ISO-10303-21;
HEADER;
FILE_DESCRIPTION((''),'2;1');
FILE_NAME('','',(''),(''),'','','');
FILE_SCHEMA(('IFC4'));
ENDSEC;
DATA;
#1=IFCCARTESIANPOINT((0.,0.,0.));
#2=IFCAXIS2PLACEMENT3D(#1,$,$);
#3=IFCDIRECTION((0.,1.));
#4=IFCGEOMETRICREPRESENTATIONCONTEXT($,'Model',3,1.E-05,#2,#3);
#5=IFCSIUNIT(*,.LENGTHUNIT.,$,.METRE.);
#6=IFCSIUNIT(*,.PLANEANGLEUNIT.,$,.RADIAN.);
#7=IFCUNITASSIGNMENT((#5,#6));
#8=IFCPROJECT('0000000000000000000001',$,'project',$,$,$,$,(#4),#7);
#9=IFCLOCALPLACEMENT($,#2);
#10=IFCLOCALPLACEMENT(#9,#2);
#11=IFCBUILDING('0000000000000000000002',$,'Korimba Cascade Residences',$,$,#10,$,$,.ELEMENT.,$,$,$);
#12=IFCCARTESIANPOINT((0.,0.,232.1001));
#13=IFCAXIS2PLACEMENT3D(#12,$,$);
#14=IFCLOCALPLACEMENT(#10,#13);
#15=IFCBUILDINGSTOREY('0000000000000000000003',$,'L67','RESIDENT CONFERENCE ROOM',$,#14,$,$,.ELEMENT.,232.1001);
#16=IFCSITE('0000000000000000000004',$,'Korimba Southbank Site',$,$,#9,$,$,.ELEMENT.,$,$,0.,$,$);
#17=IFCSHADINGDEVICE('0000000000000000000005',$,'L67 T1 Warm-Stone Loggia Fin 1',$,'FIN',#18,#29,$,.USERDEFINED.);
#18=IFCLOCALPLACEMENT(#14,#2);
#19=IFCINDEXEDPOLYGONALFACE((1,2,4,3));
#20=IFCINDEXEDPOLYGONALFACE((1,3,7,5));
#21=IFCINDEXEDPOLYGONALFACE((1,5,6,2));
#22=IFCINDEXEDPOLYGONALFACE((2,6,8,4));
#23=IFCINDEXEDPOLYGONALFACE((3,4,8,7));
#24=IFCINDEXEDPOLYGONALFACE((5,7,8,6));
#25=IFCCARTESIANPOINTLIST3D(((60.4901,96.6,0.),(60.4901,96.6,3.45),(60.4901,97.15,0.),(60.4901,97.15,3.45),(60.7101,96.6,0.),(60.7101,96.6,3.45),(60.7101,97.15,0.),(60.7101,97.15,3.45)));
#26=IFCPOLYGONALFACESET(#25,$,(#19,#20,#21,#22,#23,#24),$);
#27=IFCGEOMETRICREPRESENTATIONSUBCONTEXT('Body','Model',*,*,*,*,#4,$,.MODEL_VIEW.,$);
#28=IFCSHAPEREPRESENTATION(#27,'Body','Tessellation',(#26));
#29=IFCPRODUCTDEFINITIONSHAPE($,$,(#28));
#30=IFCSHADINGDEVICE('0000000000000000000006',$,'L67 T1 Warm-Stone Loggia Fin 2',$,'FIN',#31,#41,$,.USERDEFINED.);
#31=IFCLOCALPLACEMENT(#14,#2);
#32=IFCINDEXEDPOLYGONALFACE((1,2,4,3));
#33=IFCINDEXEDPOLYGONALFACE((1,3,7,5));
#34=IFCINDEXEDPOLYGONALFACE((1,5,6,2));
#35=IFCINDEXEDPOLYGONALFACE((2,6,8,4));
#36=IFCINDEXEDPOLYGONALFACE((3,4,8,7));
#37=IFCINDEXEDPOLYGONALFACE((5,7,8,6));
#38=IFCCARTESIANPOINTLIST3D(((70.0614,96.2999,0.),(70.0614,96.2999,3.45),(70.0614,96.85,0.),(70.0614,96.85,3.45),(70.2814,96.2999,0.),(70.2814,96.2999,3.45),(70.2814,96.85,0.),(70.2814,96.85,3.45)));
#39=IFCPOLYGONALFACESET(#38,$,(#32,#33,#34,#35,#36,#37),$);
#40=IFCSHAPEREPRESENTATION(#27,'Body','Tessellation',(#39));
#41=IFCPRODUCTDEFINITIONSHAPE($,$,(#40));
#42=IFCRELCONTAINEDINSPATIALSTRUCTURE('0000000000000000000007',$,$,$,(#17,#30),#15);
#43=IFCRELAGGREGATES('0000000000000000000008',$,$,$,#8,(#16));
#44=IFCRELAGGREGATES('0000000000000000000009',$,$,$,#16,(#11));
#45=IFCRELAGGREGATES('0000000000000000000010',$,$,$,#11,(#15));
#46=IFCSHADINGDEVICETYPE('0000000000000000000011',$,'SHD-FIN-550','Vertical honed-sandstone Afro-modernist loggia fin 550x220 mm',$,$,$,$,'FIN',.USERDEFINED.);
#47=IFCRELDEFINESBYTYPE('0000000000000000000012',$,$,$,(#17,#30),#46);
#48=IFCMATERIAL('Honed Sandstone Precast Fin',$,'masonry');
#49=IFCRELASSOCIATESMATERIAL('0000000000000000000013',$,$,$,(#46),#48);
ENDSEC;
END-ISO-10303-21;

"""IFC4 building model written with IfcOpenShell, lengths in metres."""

from ifc_helpers import new_model, si_unit, direction, frame, origin, origin_2d, place, context, subcontext, project, spatial, rectangle, extrude, material, type_object, element, save


model = new_model("IFC4")

# Units and contexts
model_context = context("Model", 3, precision=1e-05, world=origin(), true_north=direction((0.0, 1.0)))
body_context = subcontext(model_context, "Body", "Model", "MODEL_VIEW")
ifc_project = project(units=[si_unit("LENGTHUNIT", "METRE"), si_unit("PLANEANGLEUNIT", "RADIAN")], contexts=[model_context])

# Site, building, storey
site_placement = place(None, origin())
site = spatial("IfcSite", under=ifc_project, at=site_placement, Name="Korimba Southbank Site", CompositionType="ELEMENT", RefElevation=0.0)
building_placement = place(site_placement, origin())
building = spatial("IfcBuilding", under=site, at=building_placement, Name="Korimba Cascade Residences", CompositionType="ELEMENT")
storey_placement = place(building_placement, frame((0.0, 0.0, 232.1001)))
storey = spatial("IfcBuildingStorey", under=building, at=storey_placement, Name="L67", Description="RESIDENT CONFERENCE ROOM", CompositionType="ELEMENT", Elevation=232.1001)

# Shading devices
ifc_material_1 = material(Name="Honed Sandstone Precast Fin", Category="masonry")
shading_device_type = type_object("IfcShadingDeviceType", Name="SHD-FIN-550", Description="Vertical honed-sandstone Afro-modernist loggia fin 550x220 mm", ElementType="FIN", PredefinedType="USERDEFINED", material=ifc_material_1)
for number, where, z_axis, x_axis, name in (
    (1, (60.6001, 96.875, 0.0), (0.0, 0.0, 1.0), (1.0, 0.0, 0.0), "L67 T1 Warm-Stone Loggia Fin 1"),
    (2, (70.1714, 96.575, 0.0), (0.0, 0.0, 1.0), (1.0, 0.0, 0.0), "L67 T1 Warm-Stone Loggia Fin 2"),
):
    element("IfcShadingDevice", number, at=place(storey_placement, frame(where, z_axis=z_axis, x_axis=x_axis)), inside=storey, type_object=shading_device_type, Name=name, ObjectType="FIN", PredefinedType="USERDEFINED", context=body_context, shape_type="SweptSolid", body=[
        extrude(rectangle(XDim=0.22, YDim=0.55, at=origin_2d()), origin(), (0.0, 0.0, 1.0), 3.45),
    ])

save(model, "model.ifc")
